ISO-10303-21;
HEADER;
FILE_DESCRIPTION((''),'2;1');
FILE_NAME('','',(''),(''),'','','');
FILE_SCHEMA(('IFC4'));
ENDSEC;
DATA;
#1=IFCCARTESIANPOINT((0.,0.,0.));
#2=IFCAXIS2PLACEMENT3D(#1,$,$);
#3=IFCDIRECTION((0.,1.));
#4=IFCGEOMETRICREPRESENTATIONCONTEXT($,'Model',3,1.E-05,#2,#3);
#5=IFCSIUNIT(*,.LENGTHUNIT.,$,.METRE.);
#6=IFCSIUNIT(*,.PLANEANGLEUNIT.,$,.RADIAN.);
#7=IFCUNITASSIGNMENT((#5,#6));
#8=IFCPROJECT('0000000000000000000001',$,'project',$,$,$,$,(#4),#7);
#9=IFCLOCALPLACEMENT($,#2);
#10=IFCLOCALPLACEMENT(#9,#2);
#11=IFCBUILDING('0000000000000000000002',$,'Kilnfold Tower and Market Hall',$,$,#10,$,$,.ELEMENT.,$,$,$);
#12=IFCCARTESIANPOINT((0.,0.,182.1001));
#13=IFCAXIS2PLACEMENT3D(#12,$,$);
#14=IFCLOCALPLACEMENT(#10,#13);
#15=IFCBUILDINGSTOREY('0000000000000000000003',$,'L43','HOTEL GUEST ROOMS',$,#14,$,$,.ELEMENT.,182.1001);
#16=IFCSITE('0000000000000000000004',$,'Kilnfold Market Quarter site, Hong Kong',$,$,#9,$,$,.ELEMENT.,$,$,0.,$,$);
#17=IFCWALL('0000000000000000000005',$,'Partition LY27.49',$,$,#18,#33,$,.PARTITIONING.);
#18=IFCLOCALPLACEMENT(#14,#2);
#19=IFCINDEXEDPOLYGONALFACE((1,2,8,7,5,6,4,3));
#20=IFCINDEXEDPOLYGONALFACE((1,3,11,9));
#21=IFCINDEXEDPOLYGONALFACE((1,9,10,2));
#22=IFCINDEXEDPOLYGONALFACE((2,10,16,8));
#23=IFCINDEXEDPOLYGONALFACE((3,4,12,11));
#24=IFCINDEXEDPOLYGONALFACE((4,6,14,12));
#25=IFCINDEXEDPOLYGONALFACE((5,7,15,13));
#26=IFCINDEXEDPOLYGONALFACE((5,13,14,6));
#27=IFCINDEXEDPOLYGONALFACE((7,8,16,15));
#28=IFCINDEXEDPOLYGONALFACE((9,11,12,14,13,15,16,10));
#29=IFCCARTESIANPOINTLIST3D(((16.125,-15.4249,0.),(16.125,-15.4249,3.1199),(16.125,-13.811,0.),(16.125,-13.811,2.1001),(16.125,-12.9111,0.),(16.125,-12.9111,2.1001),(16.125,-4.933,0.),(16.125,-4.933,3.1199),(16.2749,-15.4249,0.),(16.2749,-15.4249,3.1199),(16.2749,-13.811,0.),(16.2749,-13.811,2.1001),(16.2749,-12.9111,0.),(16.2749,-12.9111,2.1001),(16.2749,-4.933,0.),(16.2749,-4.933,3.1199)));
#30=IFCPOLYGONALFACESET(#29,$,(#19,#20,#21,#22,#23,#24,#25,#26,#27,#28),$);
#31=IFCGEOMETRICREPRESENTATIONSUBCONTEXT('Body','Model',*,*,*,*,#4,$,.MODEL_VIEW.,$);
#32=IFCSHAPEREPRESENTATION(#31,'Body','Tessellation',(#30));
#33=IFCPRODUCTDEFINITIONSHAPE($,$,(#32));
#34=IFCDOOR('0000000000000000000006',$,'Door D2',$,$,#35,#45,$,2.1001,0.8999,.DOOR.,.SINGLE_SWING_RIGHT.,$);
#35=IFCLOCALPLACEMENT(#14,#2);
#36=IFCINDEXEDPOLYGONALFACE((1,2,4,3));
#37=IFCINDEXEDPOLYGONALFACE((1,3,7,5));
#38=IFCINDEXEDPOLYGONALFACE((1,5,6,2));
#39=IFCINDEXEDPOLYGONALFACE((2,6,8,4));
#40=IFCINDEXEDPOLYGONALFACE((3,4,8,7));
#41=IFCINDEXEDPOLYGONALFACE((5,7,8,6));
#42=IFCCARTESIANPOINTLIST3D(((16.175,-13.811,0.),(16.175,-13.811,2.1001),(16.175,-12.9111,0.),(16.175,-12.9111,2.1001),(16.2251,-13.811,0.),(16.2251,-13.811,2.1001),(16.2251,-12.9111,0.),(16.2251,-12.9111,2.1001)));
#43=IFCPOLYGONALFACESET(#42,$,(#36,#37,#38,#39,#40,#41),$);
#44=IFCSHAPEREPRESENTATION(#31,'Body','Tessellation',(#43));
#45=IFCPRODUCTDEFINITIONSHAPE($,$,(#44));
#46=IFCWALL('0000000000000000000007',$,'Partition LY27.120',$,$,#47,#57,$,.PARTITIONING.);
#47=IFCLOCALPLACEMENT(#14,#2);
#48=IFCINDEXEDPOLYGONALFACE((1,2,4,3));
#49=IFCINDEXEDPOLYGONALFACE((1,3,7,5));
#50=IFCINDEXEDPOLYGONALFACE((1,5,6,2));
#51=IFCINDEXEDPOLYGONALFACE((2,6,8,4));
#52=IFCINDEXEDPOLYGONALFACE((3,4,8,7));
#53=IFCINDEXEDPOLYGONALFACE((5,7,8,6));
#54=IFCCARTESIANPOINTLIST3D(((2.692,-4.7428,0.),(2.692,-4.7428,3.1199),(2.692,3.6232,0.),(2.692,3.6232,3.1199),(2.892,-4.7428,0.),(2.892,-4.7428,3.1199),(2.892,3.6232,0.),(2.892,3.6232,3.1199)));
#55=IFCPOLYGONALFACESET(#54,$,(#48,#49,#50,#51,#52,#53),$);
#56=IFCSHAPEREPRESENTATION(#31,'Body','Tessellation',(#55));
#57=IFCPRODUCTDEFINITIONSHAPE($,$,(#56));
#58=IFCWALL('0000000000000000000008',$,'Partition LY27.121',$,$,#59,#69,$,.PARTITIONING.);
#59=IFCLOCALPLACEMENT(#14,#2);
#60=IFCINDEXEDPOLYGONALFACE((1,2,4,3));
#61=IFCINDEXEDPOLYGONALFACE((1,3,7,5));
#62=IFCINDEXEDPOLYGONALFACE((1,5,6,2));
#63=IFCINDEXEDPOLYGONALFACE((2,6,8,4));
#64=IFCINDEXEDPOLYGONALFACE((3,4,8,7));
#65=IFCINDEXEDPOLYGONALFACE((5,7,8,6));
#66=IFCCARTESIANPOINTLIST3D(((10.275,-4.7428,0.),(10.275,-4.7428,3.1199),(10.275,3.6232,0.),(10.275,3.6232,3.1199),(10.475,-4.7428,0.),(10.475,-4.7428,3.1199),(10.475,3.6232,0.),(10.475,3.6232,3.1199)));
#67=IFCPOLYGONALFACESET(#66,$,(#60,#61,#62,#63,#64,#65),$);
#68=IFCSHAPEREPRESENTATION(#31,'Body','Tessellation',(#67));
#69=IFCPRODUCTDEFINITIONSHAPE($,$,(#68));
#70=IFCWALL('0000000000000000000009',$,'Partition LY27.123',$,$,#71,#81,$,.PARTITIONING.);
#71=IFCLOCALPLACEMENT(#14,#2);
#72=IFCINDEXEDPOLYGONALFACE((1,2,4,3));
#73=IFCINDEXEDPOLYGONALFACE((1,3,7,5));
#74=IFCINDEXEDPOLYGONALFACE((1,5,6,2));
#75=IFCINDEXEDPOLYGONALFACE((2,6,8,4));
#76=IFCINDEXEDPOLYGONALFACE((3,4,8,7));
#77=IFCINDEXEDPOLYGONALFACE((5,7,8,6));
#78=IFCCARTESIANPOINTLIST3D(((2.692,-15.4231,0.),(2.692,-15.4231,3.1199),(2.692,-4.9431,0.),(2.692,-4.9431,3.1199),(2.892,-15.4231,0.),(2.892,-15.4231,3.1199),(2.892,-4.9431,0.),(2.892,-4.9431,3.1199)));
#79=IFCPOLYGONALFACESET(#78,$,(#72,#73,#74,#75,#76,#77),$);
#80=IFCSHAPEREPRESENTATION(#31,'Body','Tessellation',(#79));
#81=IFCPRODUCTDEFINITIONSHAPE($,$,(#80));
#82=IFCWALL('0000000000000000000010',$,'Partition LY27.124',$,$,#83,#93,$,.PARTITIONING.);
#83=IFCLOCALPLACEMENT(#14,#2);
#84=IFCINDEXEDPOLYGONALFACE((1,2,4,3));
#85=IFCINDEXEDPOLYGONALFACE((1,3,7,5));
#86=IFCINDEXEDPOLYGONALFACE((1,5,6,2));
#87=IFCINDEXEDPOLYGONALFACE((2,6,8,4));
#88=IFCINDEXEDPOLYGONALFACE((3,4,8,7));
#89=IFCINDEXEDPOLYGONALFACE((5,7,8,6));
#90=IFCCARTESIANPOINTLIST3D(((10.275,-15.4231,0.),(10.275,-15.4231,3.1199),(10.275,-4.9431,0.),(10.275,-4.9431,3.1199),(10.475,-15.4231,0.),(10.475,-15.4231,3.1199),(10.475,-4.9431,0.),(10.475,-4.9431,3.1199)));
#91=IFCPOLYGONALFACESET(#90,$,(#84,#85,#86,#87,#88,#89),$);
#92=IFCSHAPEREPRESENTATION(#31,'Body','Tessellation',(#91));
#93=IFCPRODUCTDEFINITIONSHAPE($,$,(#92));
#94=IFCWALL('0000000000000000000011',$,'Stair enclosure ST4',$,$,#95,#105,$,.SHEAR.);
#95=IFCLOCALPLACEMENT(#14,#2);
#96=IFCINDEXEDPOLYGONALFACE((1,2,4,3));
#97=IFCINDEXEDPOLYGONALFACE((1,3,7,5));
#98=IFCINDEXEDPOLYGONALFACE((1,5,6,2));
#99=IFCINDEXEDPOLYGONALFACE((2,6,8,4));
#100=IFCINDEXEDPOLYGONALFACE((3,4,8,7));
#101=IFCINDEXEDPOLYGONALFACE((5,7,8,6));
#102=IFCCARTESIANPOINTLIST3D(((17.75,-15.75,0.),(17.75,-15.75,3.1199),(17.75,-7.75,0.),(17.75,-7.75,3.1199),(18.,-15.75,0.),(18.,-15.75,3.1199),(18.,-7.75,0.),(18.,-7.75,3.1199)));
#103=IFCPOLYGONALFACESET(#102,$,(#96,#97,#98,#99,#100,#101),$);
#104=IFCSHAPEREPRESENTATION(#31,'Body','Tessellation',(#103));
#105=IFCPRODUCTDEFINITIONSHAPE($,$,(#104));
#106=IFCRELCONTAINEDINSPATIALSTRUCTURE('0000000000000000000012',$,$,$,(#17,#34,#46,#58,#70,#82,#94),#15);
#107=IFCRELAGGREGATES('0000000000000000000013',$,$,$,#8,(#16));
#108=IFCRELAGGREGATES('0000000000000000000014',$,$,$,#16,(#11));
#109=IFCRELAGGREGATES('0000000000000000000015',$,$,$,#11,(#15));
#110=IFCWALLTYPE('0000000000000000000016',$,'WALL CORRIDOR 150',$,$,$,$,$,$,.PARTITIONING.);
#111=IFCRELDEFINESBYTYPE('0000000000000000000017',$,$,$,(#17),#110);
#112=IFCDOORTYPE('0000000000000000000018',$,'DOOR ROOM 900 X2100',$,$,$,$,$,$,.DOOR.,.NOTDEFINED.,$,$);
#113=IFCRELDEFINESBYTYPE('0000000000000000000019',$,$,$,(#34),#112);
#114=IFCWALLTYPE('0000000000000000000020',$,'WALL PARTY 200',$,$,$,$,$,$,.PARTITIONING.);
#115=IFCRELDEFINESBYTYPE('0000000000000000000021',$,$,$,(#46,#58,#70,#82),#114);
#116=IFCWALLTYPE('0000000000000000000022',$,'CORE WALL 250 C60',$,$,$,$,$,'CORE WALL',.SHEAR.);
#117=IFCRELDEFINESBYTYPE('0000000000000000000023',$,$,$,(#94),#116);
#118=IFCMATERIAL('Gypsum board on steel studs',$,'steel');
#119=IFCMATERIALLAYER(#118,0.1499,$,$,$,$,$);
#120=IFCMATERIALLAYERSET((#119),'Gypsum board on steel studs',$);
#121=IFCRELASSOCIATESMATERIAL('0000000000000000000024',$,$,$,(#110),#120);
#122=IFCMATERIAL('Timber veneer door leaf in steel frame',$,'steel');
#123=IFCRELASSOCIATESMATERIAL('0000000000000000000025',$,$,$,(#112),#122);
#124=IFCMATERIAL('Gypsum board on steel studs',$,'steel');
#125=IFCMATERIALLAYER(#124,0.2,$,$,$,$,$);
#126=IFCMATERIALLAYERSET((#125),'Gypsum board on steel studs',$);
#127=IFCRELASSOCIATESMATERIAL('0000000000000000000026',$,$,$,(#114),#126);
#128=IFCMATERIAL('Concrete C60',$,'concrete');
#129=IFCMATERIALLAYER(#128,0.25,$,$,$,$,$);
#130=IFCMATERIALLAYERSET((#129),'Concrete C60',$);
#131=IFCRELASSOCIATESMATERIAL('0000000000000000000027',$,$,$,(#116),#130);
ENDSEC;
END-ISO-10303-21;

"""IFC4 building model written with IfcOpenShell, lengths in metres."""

from ifc_helpers import new_model, si_unit, direction, frame, frame_2d, origin, place, context, subcontext, project, spatial, rectangle, extrude, source, transform, mapped, material, layer, layer_set, type_object, element, fill, save


model = new_model("IFC4")

# Units and contexts
model_context = context("Model", 3, precision=1e-05, world=origin(), true_north=direction((0.0, 1.0)))
body_context = subcontext(model_context, "Body", "Model", "MODEL_VIEW")
ifc_project = project(units=[si_unit("LENGTHUNIT", "METRE"), si_unit("PLANEANGLEUNIT", "RADIAN")], contexts=[model_context])

# Site, building, storey
site_placement = place(None, origin())
site = spatial("IfcSite", under=ifc_project, at=site_placement, Name="Kilnfold Market Quarter site, Hong Kong", CompositionType="ELEMENT", RefElevation=0.0)
building_placement = place(site_placement, origin())
building = spatial("IfcBuilding", under=site, at=building_placement, Name="Kilnfold Tower and Market Hall", CompositionType="ELEMENT")
storey_placement = place(building_placement, frame((0.0, 0.0, 182.1001)))
storey = spatial("IfcBuildingStorey", under=building, at=storey_placement, Name="L43", Description="HOTEL GUEST ROOMS", CompositionType="ELEMENT", Elevation=182.1001)

# Wall, opening, door
ifc_material_1 = material(Name="Gypsum board on steel studs", Category="steel")
ifc_layer_1 = layer(ifc_material_1, 0.1499)
ifc_layer_set_1 = layer_set([ifc_layer_1], Name="Gypsum board on steel studs")
wall_type_1 = type_object("IfcWallType", Name="WALL CORRIDOR 150", PredefinedType="PARTITIONING", material=ifc_layer_set_1)
wall_1_placement = place(storey_placement, frame((16.2, -15.425, 0.0), z_axis=(0.0, 0.0, 1.0), x_axis=(0.0, 1.0, 0.0)))
wall_1 = element("IfcWall", 1, at=wall_1_placement, inside=storey, type_object=wall_type_1, Name="Partition LY27.49", PredefinedType="PARTITIONING", context=body_context, shape_type="SweptSolid", body=[
    extrude(rectangle(XDim=10.4919, YDim=0.1499, at=frame_2d((5.2461, 0.0))), origin(), (0.0, 0.0, 1.0), 3.1199),
])
opening_1_placement = place(wall_1_placement, frame((1.614, 0.0, 0.0)))
opening_1 = element("IfcOpeningElement", 2, at=opening_1_placement, cuts=wall_1, PredefinedType="OPENING", context=body_context, shape_type="SweptSolid", body=[
    extrude(rectangle(XDim=0.8999, YDim=2.1001, at=frame_2d((0.45, 1.05))), frame((0.0, 0.085, 0.0), z_axis=(0.0, -1.0, 0.0), x_axis=(1.0, 0.0, 0.0)), (0.0, 0.0, 1.0), 0.1699),
])
ifc_material_2 = material(Name="Timber veneer door leaf in steel frame", Category="steel")
door_type_1 = type_object("IfcDoorType", Name="DOOR ROOM 900 X2100", OperationType="NOTDEFINED", PredefinedType="DOOR", material=ifc_material_2)
door_1_placement = place(opening_1_placement, origin())
door_1 = element("IfcDoor", 3, at=door_1_placement, inside=storey, type_object=door_type_1, Name="Door D2", OperationType="SINGLE_SWING_RIGHT", OverallHeight=2.1001, OverallWidth=0.8999, PredefinedType="DOOR", context=body_context, shape_type="SweptSolid", body=[
    extrude(rectangle(XDim=0.8999, YDim=2.1001, at=frame_2d((0.45, 1.05))), frame((0.0, 0.0249, 0.0), z_axis=(0.0, -1.0, 0.0), x_axis=(1.0, 0.0, 0.0)), (0.0, 0.0, 1.0), 0.05),
])
fill(opening_1, door_1)

# Walls
ifc_material_3 = material(Name="Gypsum board on steel studs", Category="steel")
ifc_layer_2 = layer(ifc_material_3, 0.2)
ifc_layer_set_2 = layer_set([ifc_layer_2], Name="Gypsum board on steel studs")
wall_type_2 = type_object("IfcWallType", Name="WALL PARTY 200", PredefinedType="PARTITIONING", material=ifc_layer_set_2)
for number, where, z_axis, x_axis, name in (
    (4, (2.792, -4.7429, 0.0), (0.0, 0.0, 1.0), (0.0, 1.0, 0.0), "Partition LY27.120"),
    (5, (10.375, -4.7429, 0.0), (0.0, 0.0, 1.0), (0.0, 1.0, 0.0), "Partition LY27.121"),
):
    element("IfcWall", number, at=place(storey_placement, frame(where, z_axis=z_axis, x_axis=x_axis)), inside=storey, type_object=wall_type_2, Name=name, PredefinedType="PARTITIONING", context=body_context, shape_type="SweptSolid", body=[
        extrude(rectangle(XDim=8.366, YDim=0.2, at=frame_2d((4.1831, 0.0))), origin(), (0.0, 0.0, 1.0), 3.1199),
    ])
for number, where, z_axis, x_axis, name in (
    (6, (2.792, -15.4231, 0.0), (0.0, 0.0, 1.0), (0.0, 1.0, 0.0), "Partition LY27.123"),
    (7, (10.375, -15.4231, 0.0), (0.0, 0.0, 1.0), (0.0, 1.0, 0.0), "Partition LY27.124"),
):
    element("IfcWall", number, at=place(storey_placement, frame(where, z_axis=z_axis, x_axis=x_axis)), inside=storey, type_object=wall_type_2, Name=name, PredefinedType="PARTITIONING", context=body_context, shape_type="SweptSolid", body=[
        extrude(rectangle(XDim=10.48, YDim=0.2, at=frame_2d((5.24, 0.0))), origin(), (0.0, 0.0, 1.0), 3.1199),
    ])
ifc_material_4 = material(Name="Concrete C60", Category="concrete")
ifc_layer_3 = layer(ifc_material_4, 0.25)
ifc_layer_set_3 = layer_set([ifc_layer_3], Name="Concrete C60")
wall_type_3 = type_object("IfcWallType", Name="CORE WALL 250 C60", ElementType="CORE WALL", PredefinedType="SHEAR", material=ifc_layer_set_3)
shared_shape_1 = source(origin(), body_context, "Body", "SweptSolid", [
    extrude(rectangle(XDim=8.0, YDim=0.25, at=frame_2d((4.0, 0.0))), origin(), (0.0, 0.0, 1.0), 3.1199),
])
wall_2_placement = place(storey_placement, frame((17.875, -15.75, 0.0), z_axis=(0.0, 0.0, 1.0), x_axis=(0.0, 1.0, 0.0)))
element("IfcWall", 8, at=wall_2_placement, inside=storey, type_object=wall_type_3, Name="Stair enclosure ST4", PredefinedType="SHEAR", context=body_context, shape_type="MappedRepresentation", body=[
    mapped(shared_shape_1, transform((0.0, 0.0, 0.0))),
])

save(model, "model.ifc")
